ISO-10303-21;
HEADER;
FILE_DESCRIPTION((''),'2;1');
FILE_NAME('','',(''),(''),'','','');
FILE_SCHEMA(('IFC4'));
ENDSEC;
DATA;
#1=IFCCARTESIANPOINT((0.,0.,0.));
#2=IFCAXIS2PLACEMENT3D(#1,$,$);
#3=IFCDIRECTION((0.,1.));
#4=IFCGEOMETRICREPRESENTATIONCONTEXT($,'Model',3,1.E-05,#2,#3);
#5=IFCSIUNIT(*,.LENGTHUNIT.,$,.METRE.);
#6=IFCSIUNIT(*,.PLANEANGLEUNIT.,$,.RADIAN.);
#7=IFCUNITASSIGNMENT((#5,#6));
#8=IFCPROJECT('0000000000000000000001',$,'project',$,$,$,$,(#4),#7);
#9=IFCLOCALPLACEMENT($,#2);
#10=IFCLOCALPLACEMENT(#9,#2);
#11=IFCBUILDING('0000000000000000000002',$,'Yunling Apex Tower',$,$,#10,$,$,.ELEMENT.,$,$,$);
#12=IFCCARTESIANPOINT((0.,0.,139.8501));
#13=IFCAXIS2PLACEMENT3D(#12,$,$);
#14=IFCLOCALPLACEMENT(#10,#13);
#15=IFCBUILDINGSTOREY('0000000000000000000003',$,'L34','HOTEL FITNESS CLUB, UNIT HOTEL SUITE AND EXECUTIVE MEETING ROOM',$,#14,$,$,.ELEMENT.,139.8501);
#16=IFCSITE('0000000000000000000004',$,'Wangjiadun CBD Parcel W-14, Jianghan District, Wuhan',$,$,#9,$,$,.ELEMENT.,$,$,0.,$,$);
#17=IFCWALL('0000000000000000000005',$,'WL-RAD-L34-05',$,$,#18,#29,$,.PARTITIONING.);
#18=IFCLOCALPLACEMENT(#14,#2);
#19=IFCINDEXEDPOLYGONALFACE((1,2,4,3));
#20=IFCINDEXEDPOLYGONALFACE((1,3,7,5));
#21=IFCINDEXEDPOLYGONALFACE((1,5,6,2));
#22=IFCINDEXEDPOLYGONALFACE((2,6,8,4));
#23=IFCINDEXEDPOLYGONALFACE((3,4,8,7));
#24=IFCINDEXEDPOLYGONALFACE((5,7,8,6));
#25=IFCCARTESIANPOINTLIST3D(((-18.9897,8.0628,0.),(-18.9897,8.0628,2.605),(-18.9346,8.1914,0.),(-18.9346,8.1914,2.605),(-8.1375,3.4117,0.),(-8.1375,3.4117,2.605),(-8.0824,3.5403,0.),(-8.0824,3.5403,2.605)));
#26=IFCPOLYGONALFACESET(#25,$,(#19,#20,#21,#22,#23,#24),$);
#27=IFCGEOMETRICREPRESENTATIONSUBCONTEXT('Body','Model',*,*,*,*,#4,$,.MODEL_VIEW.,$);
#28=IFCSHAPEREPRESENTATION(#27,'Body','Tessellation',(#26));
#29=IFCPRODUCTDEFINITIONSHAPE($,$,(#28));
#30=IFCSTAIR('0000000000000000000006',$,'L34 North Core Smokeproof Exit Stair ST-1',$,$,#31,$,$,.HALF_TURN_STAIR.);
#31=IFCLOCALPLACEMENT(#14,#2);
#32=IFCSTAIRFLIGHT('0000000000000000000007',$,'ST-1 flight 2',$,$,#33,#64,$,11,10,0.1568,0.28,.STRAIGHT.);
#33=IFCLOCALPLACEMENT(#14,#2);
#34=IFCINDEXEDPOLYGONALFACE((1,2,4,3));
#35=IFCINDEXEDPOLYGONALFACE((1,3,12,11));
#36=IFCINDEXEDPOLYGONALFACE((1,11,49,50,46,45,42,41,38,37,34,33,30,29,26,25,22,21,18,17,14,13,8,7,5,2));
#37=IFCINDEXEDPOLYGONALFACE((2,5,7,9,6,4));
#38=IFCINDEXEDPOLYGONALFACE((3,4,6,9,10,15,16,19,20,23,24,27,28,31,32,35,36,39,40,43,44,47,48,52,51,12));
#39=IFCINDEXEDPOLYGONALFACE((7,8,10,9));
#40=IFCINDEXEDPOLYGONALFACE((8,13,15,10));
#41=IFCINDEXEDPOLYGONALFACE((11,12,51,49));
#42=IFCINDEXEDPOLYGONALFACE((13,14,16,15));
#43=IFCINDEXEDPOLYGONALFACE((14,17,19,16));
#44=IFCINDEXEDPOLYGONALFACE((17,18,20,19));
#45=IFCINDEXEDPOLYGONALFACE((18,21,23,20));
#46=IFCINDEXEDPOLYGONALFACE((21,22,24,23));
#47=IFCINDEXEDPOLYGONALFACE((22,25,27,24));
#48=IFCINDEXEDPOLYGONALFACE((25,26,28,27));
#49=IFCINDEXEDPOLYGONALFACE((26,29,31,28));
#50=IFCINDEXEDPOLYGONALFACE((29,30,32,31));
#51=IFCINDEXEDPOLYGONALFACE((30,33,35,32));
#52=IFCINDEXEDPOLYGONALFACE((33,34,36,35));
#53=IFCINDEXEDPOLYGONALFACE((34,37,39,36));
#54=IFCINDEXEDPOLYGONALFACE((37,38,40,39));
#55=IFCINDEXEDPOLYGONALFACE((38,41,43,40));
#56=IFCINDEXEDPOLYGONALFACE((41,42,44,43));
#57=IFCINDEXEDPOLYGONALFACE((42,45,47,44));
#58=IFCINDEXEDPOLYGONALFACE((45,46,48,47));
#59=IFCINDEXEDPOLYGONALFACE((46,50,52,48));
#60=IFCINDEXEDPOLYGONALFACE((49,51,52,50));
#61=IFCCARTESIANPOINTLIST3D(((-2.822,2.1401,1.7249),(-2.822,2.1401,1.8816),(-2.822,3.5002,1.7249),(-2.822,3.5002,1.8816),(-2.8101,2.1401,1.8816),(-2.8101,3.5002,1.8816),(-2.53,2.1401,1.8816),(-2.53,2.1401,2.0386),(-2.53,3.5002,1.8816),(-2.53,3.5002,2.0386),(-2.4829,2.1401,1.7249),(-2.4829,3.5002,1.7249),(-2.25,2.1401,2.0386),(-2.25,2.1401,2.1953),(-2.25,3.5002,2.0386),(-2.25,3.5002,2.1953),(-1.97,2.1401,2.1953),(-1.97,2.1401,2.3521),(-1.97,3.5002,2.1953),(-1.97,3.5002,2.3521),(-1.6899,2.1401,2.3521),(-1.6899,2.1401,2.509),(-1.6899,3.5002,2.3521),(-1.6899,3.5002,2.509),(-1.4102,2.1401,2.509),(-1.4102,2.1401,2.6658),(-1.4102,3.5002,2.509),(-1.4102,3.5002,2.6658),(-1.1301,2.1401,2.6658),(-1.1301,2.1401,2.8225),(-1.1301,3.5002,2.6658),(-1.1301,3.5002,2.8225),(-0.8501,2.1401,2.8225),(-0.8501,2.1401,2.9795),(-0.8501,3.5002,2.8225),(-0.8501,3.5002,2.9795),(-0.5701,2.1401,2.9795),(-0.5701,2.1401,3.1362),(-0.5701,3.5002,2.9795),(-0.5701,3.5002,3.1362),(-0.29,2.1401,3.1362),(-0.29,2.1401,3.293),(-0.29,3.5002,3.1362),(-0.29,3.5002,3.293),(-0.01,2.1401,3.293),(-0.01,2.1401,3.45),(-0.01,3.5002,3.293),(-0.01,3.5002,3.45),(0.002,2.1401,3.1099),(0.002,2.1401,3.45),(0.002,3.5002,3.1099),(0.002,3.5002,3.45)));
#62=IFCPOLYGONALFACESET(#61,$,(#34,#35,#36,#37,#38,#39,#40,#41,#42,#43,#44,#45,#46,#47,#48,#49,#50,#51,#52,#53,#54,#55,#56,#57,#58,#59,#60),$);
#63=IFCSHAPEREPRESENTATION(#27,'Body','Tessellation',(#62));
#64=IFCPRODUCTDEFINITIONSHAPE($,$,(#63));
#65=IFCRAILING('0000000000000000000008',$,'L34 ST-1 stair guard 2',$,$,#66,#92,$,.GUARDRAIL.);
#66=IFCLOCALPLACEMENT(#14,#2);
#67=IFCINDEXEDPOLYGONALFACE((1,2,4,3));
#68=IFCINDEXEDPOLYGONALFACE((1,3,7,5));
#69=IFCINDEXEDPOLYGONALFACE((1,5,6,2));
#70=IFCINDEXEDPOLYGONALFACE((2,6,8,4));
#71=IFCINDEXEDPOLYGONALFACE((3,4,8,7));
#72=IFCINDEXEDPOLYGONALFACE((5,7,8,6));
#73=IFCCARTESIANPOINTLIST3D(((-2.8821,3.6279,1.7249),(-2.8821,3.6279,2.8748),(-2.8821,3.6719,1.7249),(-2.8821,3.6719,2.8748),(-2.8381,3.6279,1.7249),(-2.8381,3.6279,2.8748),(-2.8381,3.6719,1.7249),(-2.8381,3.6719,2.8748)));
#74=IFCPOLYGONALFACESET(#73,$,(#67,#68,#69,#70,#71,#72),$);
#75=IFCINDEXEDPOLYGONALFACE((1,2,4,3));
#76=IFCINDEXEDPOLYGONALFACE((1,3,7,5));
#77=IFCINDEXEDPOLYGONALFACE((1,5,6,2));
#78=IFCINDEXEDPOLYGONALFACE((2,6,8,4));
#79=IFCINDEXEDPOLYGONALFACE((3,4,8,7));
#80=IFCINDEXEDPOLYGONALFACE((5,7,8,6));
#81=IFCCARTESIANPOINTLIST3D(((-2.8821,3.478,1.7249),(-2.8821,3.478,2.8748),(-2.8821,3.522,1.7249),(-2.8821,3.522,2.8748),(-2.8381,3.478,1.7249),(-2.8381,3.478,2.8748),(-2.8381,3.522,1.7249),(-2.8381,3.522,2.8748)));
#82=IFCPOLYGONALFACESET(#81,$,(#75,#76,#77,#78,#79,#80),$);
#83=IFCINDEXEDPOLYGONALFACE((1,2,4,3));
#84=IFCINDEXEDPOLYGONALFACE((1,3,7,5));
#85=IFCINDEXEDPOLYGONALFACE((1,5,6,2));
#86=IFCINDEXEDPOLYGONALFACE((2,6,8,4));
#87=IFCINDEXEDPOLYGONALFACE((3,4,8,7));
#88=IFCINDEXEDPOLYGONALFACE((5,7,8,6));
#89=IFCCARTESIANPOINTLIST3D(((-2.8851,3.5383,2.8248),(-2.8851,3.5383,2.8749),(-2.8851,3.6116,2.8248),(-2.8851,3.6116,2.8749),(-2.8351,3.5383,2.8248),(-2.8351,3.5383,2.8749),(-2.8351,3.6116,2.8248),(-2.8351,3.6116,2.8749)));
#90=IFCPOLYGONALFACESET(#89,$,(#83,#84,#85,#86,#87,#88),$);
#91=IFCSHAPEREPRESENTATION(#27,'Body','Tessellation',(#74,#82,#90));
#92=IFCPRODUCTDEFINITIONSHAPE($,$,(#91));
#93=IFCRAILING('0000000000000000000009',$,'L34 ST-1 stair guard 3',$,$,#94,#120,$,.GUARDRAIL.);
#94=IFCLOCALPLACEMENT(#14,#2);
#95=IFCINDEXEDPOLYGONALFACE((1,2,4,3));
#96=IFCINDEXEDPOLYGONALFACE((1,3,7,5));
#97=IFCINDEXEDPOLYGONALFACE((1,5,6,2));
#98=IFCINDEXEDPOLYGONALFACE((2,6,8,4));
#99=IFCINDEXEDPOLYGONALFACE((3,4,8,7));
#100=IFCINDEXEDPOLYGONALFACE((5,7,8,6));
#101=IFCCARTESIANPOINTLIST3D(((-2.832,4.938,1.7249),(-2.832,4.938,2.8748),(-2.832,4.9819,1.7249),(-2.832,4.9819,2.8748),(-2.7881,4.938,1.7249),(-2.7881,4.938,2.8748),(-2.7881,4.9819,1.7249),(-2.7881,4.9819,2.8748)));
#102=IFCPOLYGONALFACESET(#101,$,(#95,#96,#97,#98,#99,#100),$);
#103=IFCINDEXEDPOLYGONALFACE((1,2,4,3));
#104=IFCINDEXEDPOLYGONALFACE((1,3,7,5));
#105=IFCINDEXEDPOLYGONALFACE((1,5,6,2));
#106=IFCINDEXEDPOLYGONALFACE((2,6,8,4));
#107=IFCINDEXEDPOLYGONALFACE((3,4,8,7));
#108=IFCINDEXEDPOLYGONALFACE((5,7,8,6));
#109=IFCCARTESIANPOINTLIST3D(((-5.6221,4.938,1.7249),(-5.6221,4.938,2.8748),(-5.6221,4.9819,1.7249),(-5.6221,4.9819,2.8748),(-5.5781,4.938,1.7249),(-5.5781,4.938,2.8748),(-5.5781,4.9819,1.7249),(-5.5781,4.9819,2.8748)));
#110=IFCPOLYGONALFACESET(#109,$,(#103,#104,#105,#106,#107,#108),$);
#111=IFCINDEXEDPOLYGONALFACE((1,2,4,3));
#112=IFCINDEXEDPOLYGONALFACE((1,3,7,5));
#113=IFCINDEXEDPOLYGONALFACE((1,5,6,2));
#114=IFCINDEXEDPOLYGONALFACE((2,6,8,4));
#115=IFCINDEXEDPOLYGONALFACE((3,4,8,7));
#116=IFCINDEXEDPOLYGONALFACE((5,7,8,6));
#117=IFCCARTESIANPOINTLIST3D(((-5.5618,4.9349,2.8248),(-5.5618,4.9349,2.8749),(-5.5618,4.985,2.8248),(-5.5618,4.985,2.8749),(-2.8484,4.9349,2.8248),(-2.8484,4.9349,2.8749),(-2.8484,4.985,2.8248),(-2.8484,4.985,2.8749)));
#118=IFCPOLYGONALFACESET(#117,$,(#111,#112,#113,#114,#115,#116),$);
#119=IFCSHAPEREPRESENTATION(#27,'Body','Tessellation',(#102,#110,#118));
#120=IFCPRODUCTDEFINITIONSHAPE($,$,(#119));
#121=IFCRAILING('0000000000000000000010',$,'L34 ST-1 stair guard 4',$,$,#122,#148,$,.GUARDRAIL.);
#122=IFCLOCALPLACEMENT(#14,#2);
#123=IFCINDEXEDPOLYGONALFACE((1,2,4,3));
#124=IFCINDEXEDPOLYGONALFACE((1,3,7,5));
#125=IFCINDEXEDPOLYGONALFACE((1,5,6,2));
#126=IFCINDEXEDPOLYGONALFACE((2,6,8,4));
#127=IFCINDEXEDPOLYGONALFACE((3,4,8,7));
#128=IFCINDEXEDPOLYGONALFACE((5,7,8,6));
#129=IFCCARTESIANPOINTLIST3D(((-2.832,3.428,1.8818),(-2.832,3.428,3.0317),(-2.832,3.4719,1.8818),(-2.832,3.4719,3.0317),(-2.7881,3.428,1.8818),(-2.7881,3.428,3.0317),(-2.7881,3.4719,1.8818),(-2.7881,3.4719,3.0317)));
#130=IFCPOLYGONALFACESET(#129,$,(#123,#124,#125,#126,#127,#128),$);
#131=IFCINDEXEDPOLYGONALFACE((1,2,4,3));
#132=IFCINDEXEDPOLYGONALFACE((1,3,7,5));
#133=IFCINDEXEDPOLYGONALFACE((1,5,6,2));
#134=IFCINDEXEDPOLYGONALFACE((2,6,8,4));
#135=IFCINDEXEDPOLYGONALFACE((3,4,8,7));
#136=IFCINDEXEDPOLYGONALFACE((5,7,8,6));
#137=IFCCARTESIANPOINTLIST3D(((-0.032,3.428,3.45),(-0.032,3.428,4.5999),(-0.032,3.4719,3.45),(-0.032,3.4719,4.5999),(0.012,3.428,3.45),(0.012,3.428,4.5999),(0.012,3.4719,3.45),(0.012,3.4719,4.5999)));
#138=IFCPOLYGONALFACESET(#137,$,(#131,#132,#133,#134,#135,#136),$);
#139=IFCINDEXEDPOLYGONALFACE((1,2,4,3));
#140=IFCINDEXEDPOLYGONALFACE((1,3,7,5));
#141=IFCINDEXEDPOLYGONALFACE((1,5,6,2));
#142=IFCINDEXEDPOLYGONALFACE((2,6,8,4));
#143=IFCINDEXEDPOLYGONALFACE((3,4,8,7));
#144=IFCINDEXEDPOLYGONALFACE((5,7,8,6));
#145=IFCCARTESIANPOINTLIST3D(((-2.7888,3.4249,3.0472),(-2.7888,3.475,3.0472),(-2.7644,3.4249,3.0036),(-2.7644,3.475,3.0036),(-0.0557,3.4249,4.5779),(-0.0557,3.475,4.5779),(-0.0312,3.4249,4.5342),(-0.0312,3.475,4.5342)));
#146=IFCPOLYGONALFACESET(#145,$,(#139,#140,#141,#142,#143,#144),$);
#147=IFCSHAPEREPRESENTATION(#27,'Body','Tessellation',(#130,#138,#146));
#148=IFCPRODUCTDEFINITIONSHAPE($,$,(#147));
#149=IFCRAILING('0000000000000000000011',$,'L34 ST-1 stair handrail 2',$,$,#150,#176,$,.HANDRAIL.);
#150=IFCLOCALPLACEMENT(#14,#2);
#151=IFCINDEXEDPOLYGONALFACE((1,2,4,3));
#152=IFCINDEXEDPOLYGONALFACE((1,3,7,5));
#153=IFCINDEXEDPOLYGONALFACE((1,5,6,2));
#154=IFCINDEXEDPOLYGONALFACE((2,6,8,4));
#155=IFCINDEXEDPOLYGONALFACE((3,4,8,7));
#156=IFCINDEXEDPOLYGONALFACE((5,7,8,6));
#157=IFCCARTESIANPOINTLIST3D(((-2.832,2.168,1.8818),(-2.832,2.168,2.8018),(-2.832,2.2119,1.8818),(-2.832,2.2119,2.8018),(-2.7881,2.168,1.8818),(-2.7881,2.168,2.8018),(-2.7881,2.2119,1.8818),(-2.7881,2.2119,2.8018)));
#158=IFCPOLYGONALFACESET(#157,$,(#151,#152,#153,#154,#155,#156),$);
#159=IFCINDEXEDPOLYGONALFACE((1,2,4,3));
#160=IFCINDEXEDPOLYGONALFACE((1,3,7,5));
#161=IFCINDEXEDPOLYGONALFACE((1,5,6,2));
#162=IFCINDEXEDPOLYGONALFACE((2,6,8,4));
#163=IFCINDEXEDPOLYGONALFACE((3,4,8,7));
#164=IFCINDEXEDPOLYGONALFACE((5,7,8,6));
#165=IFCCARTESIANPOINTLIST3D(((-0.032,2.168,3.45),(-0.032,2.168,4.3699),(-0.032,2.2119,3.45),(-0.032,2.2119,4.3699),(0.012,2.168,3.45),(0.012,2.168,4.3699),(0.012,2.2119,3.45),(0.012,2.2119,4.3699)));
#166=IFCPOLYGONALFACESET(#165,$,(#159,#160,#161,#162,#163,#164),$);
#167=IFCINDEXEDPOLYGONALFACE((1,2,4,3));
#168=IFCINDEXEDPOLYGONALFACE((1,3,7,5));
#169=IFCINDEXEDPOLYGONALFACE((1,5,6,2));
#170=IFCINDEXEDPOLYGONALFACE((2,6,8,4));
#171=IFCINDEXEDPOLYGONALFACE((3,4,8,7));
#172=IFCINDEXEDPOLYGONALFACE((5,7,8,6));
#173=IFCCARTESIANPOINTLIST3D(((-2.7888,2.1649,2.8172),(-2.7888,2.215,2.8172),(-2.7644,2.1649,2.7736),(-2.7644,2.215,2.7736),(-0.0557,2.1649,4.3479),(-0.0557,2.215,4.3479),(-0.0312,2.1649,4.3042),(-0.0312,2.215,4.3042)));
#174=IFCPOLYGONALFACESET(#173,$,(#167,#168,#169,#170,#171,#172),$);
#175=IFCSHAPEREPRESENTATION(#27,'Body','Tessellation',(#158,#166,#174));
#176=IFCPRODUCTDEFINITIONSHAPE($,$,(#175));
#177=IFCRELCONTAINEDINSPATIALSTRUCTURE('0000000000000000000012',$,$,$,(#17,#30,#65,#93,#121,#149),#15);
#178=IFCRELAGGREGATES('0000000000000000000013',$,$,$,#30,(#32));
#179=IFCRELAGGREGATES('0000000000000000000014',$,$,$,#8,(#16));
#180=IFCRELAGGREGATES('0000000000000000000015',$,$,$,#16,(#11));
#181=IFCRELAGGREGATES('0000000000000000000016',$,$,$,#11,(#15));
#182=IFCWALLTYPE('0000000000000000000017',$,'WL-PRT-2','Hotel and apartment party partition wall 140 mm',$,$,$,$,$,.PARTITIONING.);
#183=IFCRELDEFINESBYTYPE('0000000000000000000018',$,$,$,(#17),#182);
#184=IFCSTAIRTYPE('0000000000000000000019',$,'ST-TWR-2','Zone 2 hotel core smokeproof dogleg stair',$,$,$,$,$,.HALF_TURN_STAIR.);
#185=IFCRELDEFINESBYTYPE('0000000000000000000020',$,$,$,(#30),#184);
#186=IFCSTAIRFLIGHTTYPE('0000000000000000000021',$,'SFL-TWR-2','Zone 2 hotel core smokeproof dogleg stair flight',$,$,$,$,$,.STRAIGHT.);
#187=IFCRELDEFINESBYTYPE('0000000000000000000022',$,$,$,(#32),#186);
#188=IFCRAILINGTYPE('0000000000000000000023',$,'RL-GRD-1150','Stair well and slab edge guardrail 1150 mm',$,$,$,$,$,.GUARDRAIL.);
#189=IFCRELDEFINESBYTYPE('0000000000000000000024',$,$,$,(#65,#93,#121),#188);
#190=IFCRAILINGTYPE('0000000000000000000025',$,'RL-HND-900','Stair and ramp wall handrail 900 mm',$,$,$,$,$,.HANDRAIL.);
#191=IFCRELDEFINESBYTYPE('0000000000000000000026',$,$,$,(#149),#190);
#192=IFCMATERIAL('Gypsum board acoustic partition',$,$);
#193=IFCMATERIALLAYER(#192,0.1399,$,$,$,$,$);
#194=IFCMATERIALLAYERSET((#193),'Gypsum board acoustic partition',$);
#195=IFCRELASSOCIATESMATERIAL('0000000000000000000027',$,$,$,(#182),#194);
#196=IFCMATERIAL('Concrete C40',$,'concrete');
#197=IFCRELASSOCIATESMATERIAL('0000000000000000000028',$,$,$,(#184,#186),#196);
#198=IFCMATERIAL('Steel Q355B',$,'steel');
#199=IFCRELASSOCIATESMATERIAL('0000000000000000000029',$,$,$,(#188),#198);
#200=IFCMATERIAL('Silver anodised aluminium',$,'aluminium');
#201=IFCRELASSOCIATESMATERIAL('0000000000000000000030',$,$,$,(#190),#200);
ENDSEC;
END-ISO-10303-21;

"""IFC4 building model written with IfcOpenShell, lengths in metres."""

from ifc_helpers import new_model, si_unit, direction, frame, frame_2d, origin, origin_2d, place, context, subcontext, project, spatial, polyline, rectangle, outline, extrude, material, layer, layer_set, type_object, element, aggregate, save


model = new_model("IFC4")

# Units and contexts
model_context = context("Model", 3, precision=1e-05, world=origin(), true_north=direction((0.0, 1.0)))
body_context = subcontext(model_context, "Body", "Model", "MODEL_VIEW")
ifc_project = project(units=[si_unit("LENGTHUNIT", "METRE"), si_unit("PLANEANGLEUNIT", "RADIAN")], contexts=[model_context])

# Site, building, storey
site_placement = place(None, origin())
site = spatial("IfcSite", under=ifc_project, at=site_placement, Name="Wangjiadun CBD Parcel W-14, Jianghan District, Wuhan", CompositionType="ELEMENT", RefElevation=0.0)
building_placement = place(site_placement, origin())
building = spatial("IfcBuilding", under=site, at=building_placement, Name="Yunling Apex Tower", CompositionType="ELEMENT")
storey_placement = place(building_placement, frame((0.0, 0.0, 139.8501)))
storey = spatial("IfcBuildingStorey", under=building, at=storey_placement, Name="L34", Description="HOTEL FITNESS CLUB, UNIT HOTEL SUITE AND EXECUTIVE MEETING ROOM", CompositionType="ELEMENT", Elevation=139.8501)

# Shared definitions
ifc_material_1 = material(Name="Steel Q355B", Category="steel")

# Wall
ifc_material_2 = material(Name="Concrete C40", Category="concrete")
ifc_material_3 = material(Name="Gypsum board acoustic partition")
ifc_layer_1 = layer(ifc_material_3, 0.1399)
ifc_layer_set_1 = layer_set([ifc_layer_1], Name="Gypsum board acoustic partition")
wall_type_1 = type_object("IfcWallType", Name="WL-PRT-2", Description="Hotel and apartment party partition wall 140 mm", PredefinedType="PARTITIONING", material=ifc_layer_set_1)
wall_1_placement = place(storey_placement, frame((-8.1101, 3.4761, 0.0), z_axis=(0.0, 0.0, 1.0), x_axis=(-0.919141, 0.393929, 0.0)))
element("IfcWall", 1, at=wall_1_placement, inside=storey, type_object=wall_type_1, Name="WL-RAD-L34-05", PredefinedType="PARTITIONING", context=body_context, shape_type="SweptSolid", body=[
    extrude(rectangle(XDim=11.8069, YDim=0.1399, at=frame_2d((5.9033, 0.0))), origin(), (0.0, 0.0, 1.0), 2.605),
])

# Stair, stair flight
stair_type = type_object("IfcStairType", Name="ST-TWR-2", Description="Zone 2 hotel core smokeproof dogleg stair", PredefinedType="HALF_TURN_STAIR", material=ifc_material_2)
stair_placement = place(storey_placement, origin())
stair = element("IfcStair", 2, at=stair_placement, inside=storey, type_object=stair_type, Name="L34 North Core Smokeproof Exit Stair ST-1", PredefinedType="HALF_TURN_STAIR")
stair_flight_type = type_object("IfcStairFlightType", Name="SFL-TWR-2", Description="Zone 2 hotel core smokeproof dogleg stair flight", PredefinedType="STRAIGHT", material=ifc_material_2)
stair_flight_placement = place(storey_placement, frame((-2.8101, 2.8201, 1.7249), z_axis=(0.0, 0.0, 1.0), x_axis=(1.0, 0.0, 0.0)))
stair_flight = element("IfcStairFlight", 3, at=stair_flight_placement, type_object=stair_flight_type, Name="ST-1 flight 2", NumberOfRisers=11, NumberOfTreads=10, PredefinedType="STRAIGHT", RiserHeight=0.1568, TreadLength=0.28, context=body_context, shape_type="SweptSolid", body=[
    extrude(outline(polyline([(-0.012, 0.0), (-0.012, 0.1567), (0.0, 0.1567), (0.28, 0.1567), (0.28, 0.3137), (0.5601, 0.3137), (0.5601, 0.4705), (0.8401, 0.4705), (0.8401, 0.6272), (1.1201, 0.6272), (1.1201, 0.7842), (1.3999, 0.7842), (1.3999, 0.9409), (1.6799, 0.9409), (1.6799, 1.0977), (1.96, 1.0977), (1.96, 1.2546), (2.24, 1.2546), (2.24, 1.4114), (2.52, 1.4114), (2.52, 1.5681), (2.8, 1.5681), (2.8, 1.7251), (2.812, 1.7251), (2.812, 1.385), (0.3271, 0.0), (-0.012, 0.0)])), frame((0.0, 0.6802, 0.0), z_axis=(0.0, -1.0, 0.0), x_axis=(1.0, 0.0, 0.0)), (0.0, 0.0, 1.0), 1.3601),
])
aggregate(stair, [stair_flight])

# Railings
railing_type_1 = type_object("IfcRailingType", Name="RL-GRD-1150", Description="Stair well and slab edge guardrail 1150 mm", PredefinedType="GUARDRAIL", material=ifc_material_1)
railing_1_placement = place(storey_placement, frame((-2.8601, 3.6499, 1.7249)))
element("IfcRailing", 4, at=railing_1_placement, inside=storey, type_object=railing_type_1, Name="L34 ST-1 stair guard 2", PredefinedType="GUARDRAIL", context=body_context, shape_type="SweptSolid", body=[
    extrude(rectangle(XDim=0.0439, YDim=0.0439, at=origin_2d()), origin(), (0.0, 0.0, 1.0), 1.1499),
    extrude(rectangle(XDim=0.0439, YDim=0.0439, at=origin_2d()), frame((0.0, -0.1499, 0.0)), (0.0, 0.0, 1.0), 1.1499),
    extrude(rectangle(XDim=0.05, YDim=0.05, at=origin_2d()), frame((0.0, -0.0383, 1.125), z_axis=(0.0, -1.0, 0.0), x_axis=(1.0, 0.0, 0.0)), (0.0, 0.0, 1.0), 0.0732),
])
railing_2_placement = place(storey_placement, frame((-2.8101, 4.96, 1.7249)))
element("IfcRailing", 5, at=railing_2_placement, inside=storey, type_object=railing_type_1, Name="L34 ST-1 stair guard 3", PredefinedType="GUARDRAIL", context=body_context, shape_type="SweptSolid", body=[
    extrude(rectangle(XDim=0.0439, YDim=0.0439, at=origin_2d()), origin(), (0.0, 0.0, 1.0), 1.1499),
    extrude(rectangle(XDim=0.0439, YDim=0.0439, at=origin_2d()), frame((-2.79, 0.0, 0.0)), (0.0, 0.0, 1.0), 1.1499),
    extrude(rectangle(XDim=0.05, YDim=0.05, at=origin_2d()), frame((-0.0383, 0.0, 1.125), z_axis=(-1.0, 0.0, 0.0), x_axis=(0.0, -1.0, 0.0)), (0.0, 0.0, 1.0), 2.7134),
])
railing_3_placement = place(storey_placement, frame((-2.8101, 3.45, 1.8818)))
element("IfcRailing", 6, at=railing_3_placement, inside=storey, type_object=railing_type_1, Name="L34 ST-1 stair guard 4", PredefinedType="GUARDRAIL", context=body_context, shape_type="SweptSolid", body=[
    extrude(rectangle(XDim=0.0439, YDim=0.0439, at=origin_2d()), origin(), (0.0, 0.0, 1.0), 1.1499),
    extrude(rectangle(XDim=0.0439, YDim=0.0439, at=origin_2d()), frame((2.8, 0.0, 1.5681)), (0.0, 0.0, 1.0), 1.1499),
    extrude(rectangle(XDim=0.05, YDim=0.05, at=origin_2d()), frame((0.0334, 0.0, 1.1436), z_axis=(0.872494, 0.0, 0.488624), x_axis=(0.0, 1.0, 0.0)), (0.0, 0.0, 1.0), 3.1326),
])
ifc_material_4 = material(Name="Silver anodised aluminium", Category="aluminium")
railing_type_2 = type_object("IfcRailingType", Name="RL-HND-900", Description="Stair and ramp wall handrail 900 mm", PredefinedType="HANDRAIL", material=ifc_material_4)
railing_4_placement = place(storey_placement, frame((-2.8101, 2.1899, 1.8818)))
element("IfcRailing", 7, at=railing_4_placement, inside=storey, type_object=railing_type_2, Name="L34 ST-1 stair handrail 2", PredefinedType="HANDRAIL", context=body_context, shape_type="SweptSolid", body=[
    extrude(rectangle(XDim=0.0439, YDim=0.0439, at=origin_2d()), origin(), (0.0, 0.0, 1.0), 0.9199),
    extrude(rectangle(XDim=0.0439, YDim=0.0439, at=origin_2d()), frame((2.8, 0.0, 1.5681)), (0.0, 0.0, 1.0), 0.9199),
    extrude(rectangle(XDim=0.05, YDim=0.05, at=origin_2d()), frame((0.0334, 0.0, 0.9136), z_axis=(0.872494, 0.0, 0.488624), x_axis=(0.0, 1.0, 0.0)), (0.0, 0.0, 1.0), 3.1326),
])

save(model, "model.ifc")
